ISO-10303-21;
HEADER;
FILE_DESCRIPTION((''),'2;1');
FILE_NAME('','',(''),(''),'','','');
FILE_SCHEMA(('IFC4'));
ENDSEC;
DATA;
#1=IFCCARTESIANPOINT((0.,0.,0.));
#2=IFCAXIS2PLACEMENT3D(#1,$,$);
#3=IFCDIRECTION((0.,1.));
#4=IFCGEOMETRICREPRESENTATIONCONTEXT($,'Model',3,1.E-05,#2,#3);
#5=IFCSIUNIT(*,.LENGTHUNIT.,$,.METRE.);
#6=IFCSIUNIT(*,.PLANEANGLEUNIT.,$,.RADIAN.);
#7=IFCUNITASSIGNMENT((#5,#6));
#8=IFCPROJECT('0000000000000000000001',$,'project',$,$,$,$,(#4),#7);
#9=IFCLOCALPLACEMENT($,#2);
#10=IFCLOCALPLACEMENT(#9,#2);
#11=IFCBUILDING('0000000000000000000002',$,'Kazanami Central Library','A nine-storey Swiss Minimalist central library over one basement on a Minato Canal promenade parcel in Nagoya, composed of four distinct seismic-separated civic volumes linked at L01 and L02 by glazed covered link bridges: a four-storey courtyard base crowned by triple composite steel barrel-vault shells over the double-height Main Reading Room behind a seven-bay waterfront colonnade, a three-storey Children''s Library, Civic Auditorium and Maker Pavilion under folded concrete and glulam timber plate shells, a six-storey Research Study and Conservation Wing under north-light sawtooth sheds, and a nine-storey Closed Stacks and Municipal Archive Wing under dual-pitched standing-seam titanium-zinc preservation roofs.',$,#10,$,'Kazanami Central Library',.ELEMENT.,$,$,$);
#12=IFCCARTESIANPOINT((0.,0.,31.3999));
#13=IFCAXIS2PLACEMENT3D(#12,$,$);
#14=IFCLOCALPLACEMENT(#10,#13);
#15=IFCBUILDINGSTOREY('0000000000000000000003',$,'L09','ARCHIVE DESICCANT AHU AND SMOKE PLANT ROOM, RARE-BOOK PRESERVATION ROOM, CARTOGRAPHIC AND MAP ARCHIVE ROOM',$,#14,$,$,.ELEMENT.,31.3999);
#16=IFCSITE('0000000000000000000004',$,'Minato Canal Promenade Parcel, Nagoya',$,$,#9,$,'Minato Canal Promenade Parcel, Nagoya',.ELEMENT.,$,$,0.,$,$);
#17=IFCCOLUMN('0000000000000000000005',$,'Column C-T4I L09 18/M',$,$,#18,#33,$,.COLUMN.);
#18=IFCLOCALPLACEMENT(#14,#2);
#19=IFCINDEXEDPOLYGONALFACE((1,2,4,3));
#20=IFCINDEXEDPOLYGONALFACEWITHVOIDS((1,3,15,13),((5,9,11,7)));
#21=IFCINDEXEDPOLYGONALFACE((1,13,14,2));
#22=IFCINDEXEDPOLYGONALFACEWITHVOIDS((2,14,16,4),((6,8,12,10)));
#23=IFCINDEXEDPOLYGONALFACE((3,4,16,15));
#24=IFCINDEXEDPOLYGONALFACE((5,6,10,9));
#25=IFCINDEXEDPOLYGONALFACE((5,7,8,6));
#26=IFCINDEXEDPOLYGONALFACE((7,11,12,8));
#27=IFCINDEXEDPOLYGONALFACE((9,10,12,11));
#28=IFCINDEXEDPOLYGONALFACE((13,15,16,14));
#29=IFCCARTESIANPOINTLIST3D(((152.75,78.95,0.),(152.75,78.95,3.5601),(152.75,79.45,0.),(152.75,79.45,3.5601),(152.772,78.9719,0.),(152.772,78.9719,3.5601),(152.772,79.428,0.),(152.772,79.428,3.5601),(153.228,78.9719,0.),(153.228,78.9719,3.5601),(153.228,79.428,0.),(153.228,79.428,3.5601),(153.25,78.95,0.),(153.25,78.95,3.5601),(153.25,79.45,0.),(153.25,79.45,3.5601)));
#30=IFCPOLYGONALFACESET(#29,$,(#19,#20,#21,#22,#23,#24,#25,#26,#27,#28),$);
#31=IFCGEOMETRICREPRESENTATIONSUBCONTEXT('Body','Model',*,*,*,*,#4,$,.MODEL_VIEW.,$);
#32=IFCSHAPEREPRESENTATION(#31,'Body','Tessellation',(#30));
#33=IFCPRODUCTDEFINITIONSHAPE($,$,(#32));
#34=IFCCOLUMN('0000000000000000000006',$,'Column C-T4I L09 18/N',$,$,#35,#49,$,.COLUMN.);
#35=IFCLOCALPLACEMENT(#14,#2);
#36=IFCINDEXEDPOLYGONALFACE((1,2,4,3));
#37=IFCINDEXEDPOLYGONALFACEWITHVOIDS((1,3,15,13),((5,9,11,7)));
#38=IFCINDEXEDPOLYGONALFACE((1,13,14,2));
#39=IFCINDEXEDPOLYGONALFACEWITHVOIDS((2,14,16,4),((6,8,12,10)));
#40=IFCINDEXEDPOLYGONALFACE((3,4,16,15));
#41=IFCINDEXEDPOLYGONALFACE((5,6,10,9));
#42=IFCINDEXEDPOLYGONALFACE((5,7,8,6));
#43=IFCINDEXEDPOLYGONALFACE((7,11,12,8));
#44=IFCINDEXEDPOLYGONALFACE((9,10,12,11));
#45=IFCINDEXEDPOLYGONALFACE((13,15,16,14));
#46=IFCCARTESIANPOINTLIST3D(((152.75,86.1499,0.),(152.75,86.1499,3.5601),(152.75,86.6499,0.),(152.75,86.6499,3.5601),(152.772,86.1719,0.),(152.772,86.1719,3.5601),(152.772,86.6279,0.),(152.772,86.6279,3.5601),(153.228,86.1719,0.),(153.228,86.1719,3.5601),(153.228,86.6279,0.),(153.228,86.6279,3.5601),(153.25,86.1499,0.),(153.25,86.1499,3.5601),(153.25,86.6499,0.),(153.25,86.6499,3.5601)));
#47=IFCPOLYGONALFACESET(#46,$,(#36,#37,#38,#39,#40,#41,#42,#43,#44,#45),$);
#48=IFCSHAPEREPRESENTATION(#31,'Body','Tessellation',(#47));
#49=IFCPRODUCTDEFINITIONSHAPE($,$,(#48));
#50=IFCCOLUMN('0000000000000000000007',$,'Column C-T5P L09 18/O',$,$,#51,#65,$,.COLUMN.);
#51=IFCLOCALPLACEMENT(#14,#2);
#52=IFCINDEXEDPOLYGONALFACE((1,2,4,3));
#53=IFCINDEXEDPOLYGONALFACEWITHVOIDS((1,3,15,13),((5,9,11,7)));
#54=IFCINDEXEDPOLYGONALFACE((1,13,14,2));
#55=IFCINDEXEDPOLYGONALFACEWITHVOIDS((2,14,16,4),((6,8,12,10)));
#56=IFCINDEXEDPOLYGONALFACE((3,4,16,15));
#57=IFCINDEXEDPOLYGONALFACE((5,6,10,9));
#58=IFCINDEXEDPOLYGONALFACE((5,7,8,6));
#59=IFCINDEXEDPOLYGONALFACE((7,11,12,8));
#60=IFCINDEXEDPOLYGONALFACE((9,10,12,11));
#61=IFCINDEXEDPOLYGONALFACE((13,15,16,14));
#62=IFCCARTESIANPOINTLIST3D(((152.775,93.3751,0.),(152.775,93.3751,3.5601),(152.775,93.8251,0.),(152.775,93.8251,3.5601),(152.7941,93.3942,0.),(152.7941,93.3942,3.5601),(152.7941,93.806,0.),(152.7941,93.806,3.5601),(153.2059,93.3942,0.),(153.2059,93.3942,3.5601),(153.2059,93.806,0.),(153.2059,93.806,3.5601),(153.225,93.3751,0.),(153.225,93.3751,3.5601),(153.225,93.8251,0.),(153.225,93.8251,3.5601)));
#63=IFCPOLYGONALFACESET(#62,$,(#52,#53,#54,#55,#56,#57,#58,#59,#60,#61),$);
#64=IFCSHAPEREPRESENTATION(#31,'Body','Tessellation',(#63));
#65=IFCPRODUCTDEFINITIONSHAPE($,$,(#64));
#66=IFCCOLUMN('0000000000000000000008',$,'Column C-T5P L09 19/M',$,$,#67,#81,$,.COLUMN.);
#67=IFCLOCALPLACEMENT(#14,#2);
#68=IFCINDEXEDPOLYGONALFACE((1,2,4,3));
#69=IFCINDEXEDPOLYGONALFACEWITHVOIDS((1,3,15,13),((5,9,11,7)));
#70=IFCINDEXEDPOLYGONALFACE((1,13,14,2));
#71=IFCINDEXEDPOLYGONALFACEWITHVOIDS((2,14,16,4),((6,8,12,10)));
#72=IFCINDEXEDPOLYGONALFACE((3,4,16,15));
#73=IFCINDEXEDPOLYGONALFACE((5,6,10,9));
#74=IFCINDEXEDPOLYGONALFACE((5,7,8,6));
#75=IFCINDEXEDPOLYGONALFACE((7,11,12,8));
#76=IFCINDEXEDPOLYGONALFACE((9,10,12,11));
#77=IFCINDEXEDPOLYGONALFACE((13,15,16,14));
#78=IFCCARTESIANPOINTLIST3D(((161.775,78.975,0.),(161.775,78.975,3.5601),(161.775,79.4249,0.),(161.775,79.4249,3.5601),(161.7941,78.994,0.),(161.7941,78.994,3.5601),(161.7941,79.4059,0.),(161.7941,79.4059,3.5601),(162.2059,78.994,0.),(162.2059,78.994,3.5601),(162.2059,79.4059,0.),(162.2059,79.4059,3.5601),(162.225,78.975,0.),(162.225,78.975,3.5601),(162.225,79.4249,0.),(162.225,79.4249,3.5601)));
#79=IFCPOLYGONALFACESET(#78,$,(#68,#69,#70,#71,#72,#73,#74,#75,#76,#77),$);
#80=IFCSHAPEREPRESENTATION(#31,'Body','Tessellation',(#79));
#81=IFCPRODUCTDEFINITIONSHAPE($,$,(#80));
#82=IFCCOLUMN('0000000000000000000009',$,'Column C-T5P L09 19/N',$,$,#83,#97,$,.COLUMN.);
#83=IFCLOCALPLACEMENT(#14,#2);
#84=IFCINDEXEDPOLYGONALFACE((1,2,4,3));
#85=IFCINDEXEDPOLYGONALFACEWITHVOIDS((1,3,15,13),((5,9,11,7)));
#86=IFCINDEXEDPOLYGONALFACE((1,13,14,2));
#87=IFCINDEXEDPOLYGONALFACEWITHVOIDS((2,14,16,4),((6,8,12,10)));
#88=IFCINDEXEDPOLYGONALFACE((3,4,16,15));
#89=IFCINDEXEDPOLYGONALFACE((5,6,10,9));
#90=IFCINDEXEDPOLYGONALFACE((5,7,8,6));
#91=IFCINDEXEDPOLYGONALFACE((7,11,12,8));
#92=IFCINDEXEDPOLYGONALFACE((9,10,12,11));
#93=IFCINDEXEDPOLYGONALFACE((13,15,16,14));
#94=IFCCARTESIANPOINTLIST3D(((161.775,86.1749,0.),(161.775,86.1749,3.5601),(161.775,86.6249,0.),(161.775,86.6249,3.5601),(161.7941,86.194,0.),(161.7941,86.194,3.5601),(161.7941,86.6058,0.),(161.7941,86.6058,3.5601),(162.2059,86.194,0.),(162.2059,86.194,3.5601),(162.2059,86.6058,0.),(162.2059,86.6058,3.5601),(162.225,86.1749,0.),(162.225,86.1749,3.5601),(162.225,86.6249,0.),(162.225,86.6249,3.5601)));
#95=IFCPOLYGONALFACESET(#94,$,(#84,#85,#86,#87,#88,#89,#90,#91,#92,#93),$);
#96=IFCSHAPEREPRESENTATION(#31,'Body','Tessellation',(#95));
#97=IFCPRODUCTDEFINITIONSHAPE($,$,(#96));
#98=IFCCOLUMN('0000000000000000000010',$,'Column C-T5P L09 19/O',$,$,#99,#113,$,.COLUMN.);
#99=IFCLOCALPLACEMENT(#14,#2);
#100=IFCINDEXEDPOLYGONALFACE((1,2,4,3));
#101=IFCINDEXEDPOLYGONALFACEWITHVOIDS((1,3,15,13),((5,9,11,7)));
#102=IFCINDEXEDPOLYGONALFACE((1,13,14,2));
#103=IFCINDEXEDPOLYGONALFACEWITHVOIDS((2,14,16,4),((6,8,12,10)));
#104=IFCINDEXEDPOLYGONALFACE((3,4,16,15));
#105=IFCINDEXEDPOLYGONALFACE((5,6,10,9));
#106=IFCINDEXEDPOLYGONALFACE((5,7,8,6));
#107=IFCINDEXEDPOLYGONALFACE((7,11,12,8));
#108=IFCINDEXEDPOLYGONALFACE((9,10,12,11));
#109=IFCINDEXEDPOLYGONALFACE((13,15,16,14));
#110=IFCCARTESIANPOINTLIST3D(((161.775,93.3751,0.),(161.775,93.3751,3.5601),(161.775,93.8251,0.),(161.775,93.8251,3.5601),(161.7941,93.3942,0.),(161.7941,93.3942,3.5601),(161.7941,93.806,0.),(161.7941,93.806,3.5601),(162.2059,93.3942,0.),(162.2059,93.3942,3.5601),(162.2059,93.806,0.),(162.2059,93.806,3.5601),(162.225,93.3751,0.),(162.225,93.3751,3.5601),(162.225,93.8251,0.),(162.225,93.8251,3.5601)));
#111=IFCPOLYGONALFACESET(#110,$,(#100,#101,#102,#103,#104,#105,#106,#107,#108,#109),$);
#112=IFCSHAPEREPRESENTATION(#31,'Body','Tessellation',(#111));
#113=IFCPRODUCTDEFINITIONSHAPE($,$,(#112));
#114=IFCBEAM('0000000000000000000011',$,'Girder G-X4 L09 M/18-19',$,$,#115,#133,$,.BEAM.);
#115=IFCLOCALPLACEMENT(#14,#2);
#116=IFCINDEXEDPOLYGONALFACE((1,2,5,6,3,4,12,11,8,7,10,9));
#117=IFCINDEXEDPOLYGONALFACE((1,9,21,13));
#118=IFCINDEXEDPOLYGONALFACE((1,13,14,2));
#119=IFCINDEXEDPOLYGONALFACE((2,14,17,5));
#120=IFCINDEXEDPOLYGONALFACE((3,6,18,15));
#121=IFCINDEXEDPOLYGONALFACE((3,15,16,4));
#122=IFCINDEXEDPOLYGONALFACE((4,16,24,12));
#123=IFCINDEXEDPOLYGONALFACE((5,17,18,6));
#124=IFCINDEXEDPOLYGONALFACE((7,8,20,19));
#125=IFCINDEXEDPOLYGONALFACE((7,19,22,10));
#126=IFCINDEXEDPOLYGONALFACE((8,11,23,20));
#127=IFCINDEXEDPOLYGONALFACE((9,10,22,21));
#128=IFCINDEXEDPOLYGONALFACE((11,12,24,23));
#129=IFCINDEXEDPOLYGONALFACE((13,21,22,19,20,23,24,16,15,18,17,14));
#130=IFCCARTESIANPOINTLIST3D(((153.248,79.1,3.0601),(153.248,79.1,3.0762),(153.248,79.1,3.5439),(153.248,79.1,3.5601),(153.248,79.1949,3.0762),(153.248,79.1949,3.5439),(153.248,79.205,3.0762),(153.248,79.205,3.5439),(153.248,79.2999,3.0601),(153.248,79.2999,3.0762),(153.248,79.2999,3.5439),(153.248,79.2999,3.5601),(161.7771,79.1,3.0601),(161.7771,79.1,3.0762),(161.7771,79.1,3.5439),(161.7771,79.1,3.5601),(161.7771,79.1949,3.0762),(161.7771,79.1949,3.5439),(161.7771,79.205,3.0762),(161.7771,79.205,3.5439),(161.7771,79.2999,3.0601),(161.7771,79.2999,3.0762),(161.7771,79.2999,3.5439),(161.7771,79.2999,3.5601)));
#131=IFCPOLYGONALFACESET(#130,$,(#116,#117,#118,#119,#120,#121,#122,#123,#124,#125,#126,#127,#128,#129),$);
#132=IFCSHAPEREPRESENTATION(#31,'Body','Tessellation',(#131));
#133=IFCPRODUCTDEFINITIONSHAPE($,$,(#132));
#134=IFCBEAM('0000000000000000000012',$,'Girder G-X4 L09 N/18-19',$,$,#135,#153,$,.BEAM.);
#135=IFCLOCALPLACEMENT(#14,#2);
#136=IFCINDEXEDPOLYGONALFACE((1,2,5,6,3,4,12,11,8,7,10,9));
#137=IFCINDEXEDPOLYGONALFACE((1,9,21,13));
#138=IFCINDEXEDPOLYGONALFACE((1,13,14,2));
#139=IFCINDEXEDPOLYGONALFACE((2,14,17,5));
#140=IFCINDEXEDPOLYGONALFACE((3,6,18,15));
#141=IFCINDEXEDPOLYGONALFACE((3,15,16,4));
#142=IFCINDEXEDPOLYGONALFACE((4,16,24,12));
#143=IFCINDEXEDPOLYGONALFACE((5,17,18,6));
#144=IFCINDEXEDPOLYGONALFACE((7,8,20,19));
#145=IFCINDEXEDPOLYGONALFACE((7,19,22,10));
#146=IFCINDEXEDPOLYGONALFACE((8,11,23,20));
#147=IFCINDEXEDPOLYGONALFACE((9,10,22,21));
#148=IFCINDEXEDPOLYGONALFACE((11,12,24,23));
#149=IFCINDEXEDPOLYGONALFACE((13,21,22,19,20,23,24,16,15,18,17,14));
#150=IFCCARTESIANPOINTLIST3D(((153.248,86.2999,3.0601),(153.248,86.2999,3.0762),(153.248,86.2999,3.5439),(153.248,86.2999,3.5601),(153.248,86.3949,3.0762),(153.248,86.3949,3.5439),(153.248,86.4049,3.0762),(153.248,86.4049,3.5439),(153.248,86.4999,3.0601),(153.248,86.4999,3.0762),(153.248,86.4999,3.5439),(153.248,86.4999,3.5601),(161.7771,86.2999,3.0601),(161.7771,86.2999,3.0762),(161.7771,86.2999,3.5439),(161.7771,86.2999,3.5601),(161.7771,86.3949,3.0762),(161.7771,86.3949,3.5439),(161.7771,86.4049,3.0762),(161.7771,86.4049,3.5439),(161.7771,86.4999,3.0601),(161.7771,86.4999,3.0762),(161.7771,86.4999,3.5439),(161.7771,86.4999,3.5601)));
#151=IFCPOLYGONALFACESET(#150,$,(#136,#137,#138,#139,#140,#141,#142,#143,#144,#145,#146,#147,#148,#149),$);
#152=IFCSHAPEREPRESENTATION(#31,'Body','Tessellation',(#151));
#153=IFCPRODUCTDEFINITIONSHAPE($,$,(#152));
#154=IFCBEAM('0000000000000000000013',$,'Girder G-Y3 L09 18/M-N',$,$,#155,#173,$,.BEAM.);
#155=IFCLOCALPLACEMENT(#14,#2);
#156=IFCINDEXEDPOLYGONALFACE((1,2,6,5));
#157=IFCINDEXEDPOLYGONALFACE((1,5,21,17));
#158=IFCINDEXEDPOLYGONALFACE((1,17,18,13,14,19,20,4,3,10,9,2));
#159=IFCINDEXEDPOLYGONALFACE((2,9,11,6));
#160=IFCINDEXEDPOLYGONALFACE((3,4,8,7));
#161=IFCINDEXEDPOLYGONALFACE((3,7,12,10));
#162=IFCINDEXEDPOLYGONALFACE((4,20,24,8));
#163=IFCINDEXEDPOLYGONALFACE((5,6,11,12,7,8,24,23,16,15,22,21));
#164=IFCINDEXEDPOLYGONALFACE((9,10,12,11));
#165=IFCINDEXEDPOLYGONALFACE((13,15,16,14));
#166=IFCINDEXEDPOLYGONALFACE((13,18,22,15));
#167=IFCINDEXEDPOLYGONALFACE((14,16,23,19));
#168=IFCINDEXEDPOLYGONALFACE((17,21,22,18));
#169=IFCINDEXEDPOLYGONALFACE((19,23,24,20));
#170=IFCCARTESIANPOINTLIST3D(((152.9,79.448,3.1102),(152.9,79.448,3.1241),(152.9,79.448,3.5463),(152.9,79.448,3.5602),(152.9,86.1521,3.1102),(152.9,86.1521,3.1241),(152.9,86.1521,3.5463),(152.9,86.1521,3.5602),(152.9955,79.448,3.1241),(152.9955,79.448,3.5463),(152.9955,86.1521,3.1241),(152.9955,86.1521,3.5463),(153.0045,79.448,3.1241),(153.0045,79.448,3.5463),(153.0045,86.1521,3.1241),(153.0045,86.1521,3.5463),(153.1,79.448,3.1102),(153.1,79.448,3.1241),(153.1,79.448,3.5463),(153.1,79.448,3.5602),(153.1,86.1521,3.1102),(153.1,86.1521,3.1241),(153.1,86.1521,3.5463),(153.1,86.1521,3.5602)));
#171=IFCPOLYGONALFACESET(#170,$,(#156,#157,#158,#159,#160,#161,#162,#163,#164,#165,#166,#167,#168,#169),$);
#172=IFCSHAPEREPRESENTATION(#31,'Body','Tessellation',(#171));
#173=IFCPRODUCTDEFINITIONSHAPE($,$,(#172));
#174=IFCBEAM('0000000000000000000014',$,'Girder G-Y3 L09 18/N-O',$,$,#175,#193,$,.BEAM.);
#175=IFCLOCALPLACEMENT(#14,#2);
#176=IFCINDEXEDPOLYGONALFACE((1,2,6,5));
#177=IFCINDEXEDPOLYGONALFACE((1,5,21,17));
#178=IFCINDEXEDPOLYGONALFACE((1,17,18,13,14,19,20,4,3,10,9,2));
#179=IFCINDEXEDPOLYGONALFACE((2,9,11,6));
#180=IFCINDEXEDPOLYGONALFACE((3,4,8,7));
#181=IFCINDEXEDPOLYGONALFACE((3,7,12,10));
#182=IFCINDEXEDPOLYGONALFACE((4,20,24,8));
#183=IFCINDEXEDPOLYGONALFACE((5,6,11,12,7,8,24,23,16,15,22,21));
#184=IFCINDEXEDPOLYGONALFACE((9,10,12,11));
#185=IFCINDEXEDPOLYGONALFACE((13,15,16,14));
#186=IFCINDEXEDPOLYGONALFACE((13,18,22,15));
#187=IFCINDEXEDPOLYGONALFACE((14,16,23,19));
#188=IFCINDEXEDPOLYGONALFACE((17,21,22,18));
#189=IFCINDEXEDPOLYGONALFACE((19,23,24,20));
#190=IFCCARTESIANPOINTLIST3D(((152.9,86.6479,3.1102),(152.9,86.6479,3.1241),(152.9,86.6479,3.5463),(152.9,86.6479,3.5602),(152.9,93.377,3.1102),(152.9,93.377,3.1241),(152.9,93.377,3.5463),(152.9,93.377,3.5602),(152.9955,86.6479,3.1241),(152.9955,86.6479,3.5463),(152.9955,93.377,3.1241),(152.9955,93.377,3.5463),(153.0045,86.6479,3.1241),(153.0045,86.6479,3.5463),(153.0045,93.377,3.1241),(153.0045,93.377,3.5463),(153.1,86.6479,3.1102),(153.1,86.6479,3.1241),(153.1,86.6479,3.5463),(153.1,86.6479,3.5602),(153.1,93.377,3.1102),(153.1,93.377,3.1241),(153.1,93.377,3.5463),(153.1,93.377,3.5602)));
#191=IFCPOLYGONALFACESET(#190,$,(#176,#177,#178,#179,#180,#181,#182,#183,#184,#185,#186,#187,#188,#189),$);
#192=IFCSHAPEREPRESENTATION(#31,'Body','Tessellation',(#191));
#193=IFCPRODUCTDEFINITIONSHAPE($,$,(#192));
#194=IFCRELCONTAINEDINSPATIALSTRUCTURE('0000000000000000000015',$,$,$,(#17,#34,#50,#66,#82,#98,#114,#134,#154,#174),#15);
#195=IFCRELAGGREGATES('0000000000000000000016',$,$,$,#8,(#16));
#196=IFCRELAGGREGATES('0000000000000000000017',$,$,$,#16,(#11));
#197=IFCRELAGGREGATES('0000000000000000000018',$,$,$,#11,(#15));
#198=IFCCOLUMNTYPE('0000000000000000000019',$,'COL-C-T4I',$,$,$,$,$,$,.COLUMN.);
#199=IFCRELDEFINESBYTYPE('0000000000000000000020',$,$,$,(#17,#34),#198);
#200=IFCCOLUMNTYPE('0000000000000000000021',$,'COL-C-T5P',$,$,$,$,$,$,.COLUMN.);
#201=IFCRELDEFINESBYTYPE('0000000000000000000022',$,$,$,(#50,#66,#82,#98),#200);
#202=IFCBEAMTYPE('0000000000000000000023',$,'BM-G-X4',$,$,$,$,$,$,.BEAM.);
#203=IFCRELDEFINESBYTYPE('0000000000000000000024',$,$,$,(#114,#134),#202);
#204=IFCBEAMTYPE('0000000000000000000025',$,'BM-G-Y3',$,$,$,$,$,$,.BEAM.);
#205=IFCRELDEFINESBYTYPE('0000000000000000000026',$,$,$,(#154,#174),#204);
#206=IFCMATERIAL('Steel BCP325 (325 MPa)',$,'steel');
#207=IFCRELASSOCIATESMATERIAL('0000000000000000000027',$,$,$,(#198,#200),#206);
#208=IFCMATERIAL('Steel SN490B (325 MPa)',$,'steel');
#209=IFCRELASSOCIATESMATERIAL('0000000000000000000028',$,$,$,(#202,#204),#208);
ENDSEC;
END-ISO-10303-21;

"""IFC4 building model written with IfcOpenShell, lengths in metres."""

from ifc_helpers import new_model, si_unit, direction, frame, origin, origin_2d, place, context, subcontext, project, spatial, hollow_rectangle, i_section, extrude, material, material_profile, profile_set, type_object, element, save


model = new_model("IFC4")

# Units and contexts
model_context = context("Model", 3, precision=1e-05, world=origin(), true_north=direction((0.0, 1.0)))
body_context = subcontext(model_context, "Body", "Model", "MODEL_VIEW")
ifc_project = project(units=[si_unit("LENGTHUNIT", "METRE"), si_unit("PLANEANGLEUNIT", "RADIAN")], contexts=[model_context])

# Site, building, storey
site_placement = place(None, origin())
site = spatial("IfcSite", under=ifc_project, at=site_placement, Name="Minato Canal Promenade Parcel, Nagoya", LongName="Minato Canal Promenade Parcel, Nagoya", CompositionType="ELEMENT", RefElevation=0.0)
building_placement = place(site_placement, origin())
building = spatial("IfcBuilding", under=site, at=building_placement, Name="Kazanami Central Library", Description="A nine-storey Swiss Minimalist central library over one basement on a Minato Canal promenade parcel in Nagoya, composed of four distinct seismic-separated civic volumes linked at L01 and L02 by glazed covered link bridges: a four-storey courtyard base crowned by triple composite steel barrel-vault shells over the double-height Main Reading Room behind a seven-bay waterfront colonnade, a three-storey Children's Library, Civic Auditorium and Maker Pavilion under folded concrete and glulam timber plate shells, a six-storey Research Study and Conservation Wing under north-light sawtooth sheds, and a nine-storey Closed Stacks and Municipal Archive Wing under dual-pitched standing-seam titanium-zinc preservation roofs.", LongName="Kazanami Central Library", CompositionType="ELEMENT")
storey_placement = place(building_placement, frame((0.0, 0.0, 31.3999)))
storey = spatial("IfcBuildingStorey", under=building, at=storey_placement, Name="L09", Description="ARCHIVE DESICCANT AHU AND SMOKE PLANT ROOM, RARE-BOOK PRESERVATION ROOM, CARTOGRAPHIC AND MAP ARCHIVE ROOM", CompositionType="ELEMENT", Elevation=31.3999)

# Columns
ifc_material_1 = material(Name="Steel BCP325 (325 MPa)", Category="steel")
ifc_material_profile_1 = material_profile(ifc_material_1, hollow_rectangle(XDim=0.5, YDim=0.5, WallThickness=0.022, at=origin_2d()), Name="BCP-500x500x22")
ifc_profile_set_1 = profile_set([ifc_material_profile_1], Name="Steel BCP325 (325 MPa)")
column_type_1 = type_object("IfcColumnType", Name="COL-C-T4I", PredefinedType="COLUMN", material=ifc_profile_set_1)
for number, where, z_axis, x_axis, name in (
    (1, (153.0, 79.2, 0.0), (0.0, 0.0, 1.0), (1.0, 0.0, 0.0), "Column C-T4I L09 18/M"),
    (2, (153.0, 86.3999, 0.0), (0.0, 0.0, 1.0), (1.0, 0.0, 0.0), "Column C-T4I L09 18/N"),
):
    element("IfcColumn", number, at=place(storey_placement, frame(where, z_axis=z_axis, x_axis=x_axis)), inside=storey, type_object=column_type_1, Name=name, PredefinedType="COLUMN", context=body_context, shape_type="SweptSolid", body=[
        extrude(hollow_rectangle(XDim=0.5, YDim=0.5, WallThickness=0.022, at=origin_2d()), origin(), (0.0, 0.0, 1.0), 3.5601),
    ])
ifc_material_profile_2 = material_profile(ifc_material_1, hollow_rectangle(XDim=0.45, YDim=0.45, WallThickness=0.019, at=origin_2d()), Name="BCP-450x450x19")
ifc_profile_set_2 = profile_set([ifc_material_profile_2], Name="Steel BCP325 (325 MPa)")
column_type_2 = type_object("IfcColumnType", Name="COL-C-T5P", PredefinedType="COLUMN", material=ifc_profile_set_2)
for number, where, z_axis, x_axis, name in (
    (3, (153.0, 93.6001, 0.0), (0.0, 0.0, 1.0), (1.0, 0.0, 0.0), "Column C-T5P L09 18/O"),
    (4, (162.0, 79.2, 0.0), (0.0, 0.0, 1.0), (1.0, 0.0, 0.0), "Column C-T5P L09 19/M"),
    (5, (162.0, 86.3999, 0.0), (0.0, 0.0, 1.0), (1.0, 0.0, 0.0), "Column C-T5P L09 19/N"),
    (6, (162.0, 93.6001, 0.0), (0.0, 0.0, 1.0), (1.0, 0.0, 0.0), "Column C-T5P L09 19/O"),
):
    element("IfcColumn", number, at=place(storey_placement, frame(where, z_axis=z_axis, x_axis=x_axis)), inside=storey, type_object=column_type_2, Name=name, PredefinedType="COLUMN", context=body_context, shape_type="SweptSolid", body=[
        extrude(hollow_rectangle(XDim=0.45, YDim=0.45, WallThickness=0.019, at=origin_2d()), origin(), (0.0, 0.0, 1.0), 3.5601),
    ])

# Beams
ifc_material_2 = material(Name="Steel SN490B (325 MPa)", Category="steel")
ifc_material_profile_3 = material_profile(ifc_material_2, i_section(OverallWidth=0.2, OverallDepth=0.5, WebThickness=0.01, FlangeThickness=0.0161, at=origin_2d()), Name="H-500x200x10x16")
ifc_profile_set_3 = profile_set([ifc_material_profile_3], Name="Steel SN490B (325 MPa)")
beam_type_1 = type_object("IfcBeamType", Name="BM-G-X4", PredefinedType="BEAM", material=ifc_profile_set_3)
for number, where, z_axis, x_axis, name in (
    (7, (153.248, 79.2, 3.3101), (1.0, 0.0, 0.0), (0.0, 1.0, 0.0), "Girder G-X4 L09 M/18-19"),
    (8, (153.248, 86.3999, 3.3101), (1.0, 0.0, 0.0), (0.0, 1.0, 0.0), "Girder G-X4 L09 N/18-19"),
):
    element("IfcBeam", number, at=place(storey_placement, frame(where, z_axis=z_axis, x_axis=x_axis)), inside=storey, type_object=beam_type_1, Name=name, PredefinedType="BEAM", context=body_context, shape_type="SweptSolid", body=[
        extrude(i_section(OverallWidth=0.2, OverallDepth=0.5, WebThickness=0.01, FlangeThickness=0.0161, at=origin_2d()), origin(), (0.0, 0.0, 1.0), 8.5291),
    ])
ifc_material_profile_4 = material_profile(ifc_material_2, i_section(OverallWidth=0.2, OverallDepth=0.45, WebThickness=0.009, FlangeThickness=0.0139, at=origin_2d()), Name="H-450x200x9x14")
ifc_profile_set_4 = profile_set([ifc_material_profile_4], Name="Steel SN490B (325 MPa)")
beam_type_2 = type_object("IfcBeamType", Name="BM-G-Y3", PredefinedType="BEAM", material=ifc_profile_set_4)
beam_1_placement = place(storey_placement, frame((153.0, 79.448, 3.3352), z_axis=(0.0, 1.0, 0.0), x_axis=(-1.0, 0.0, 0.0)))
element("IfcBeam", 9, at=beam_1_placement, inside=storey, type_object=beam_type_2, Name="Girder G-Y3 L09 18/M-N", PredefinedType="BEAM", context=body_context, shape_type="SweptSolid", body=[
    extrude(i_section(OverallWidth=0.2, OverallDepth=0.45, WebThickness=0.009, FlangeThickness=0.0139, at=origin_2d()), origin(), (0.0, 0.0, 1.0), 6.7041),
])
beam_2_placement = place(storey_placement, frame((153.0, 86.6479, 3.3352), z_axis=(0.0, 1.0, 0.0), x_axis=(-1.0, 0.0, 0.0)))
element("IfcBeam", 10, at=beam_2_placement, inside=storey, type_object=beam_type_2, Name="Girder G-Y3 L09 18/N-O", PredefinedType="BEAM", context=body_context, shape_type="SweptSolid", body=[
    extrude(i_section(OverallWidth=0.2, OverallDepth=0.45, WebThickness=0.009, FlangeThickness=0.0139, at=origin_2d()), origin(), (0.0, 0.0, 1.0), 6.729),
])

save(model, "model.ifc")
